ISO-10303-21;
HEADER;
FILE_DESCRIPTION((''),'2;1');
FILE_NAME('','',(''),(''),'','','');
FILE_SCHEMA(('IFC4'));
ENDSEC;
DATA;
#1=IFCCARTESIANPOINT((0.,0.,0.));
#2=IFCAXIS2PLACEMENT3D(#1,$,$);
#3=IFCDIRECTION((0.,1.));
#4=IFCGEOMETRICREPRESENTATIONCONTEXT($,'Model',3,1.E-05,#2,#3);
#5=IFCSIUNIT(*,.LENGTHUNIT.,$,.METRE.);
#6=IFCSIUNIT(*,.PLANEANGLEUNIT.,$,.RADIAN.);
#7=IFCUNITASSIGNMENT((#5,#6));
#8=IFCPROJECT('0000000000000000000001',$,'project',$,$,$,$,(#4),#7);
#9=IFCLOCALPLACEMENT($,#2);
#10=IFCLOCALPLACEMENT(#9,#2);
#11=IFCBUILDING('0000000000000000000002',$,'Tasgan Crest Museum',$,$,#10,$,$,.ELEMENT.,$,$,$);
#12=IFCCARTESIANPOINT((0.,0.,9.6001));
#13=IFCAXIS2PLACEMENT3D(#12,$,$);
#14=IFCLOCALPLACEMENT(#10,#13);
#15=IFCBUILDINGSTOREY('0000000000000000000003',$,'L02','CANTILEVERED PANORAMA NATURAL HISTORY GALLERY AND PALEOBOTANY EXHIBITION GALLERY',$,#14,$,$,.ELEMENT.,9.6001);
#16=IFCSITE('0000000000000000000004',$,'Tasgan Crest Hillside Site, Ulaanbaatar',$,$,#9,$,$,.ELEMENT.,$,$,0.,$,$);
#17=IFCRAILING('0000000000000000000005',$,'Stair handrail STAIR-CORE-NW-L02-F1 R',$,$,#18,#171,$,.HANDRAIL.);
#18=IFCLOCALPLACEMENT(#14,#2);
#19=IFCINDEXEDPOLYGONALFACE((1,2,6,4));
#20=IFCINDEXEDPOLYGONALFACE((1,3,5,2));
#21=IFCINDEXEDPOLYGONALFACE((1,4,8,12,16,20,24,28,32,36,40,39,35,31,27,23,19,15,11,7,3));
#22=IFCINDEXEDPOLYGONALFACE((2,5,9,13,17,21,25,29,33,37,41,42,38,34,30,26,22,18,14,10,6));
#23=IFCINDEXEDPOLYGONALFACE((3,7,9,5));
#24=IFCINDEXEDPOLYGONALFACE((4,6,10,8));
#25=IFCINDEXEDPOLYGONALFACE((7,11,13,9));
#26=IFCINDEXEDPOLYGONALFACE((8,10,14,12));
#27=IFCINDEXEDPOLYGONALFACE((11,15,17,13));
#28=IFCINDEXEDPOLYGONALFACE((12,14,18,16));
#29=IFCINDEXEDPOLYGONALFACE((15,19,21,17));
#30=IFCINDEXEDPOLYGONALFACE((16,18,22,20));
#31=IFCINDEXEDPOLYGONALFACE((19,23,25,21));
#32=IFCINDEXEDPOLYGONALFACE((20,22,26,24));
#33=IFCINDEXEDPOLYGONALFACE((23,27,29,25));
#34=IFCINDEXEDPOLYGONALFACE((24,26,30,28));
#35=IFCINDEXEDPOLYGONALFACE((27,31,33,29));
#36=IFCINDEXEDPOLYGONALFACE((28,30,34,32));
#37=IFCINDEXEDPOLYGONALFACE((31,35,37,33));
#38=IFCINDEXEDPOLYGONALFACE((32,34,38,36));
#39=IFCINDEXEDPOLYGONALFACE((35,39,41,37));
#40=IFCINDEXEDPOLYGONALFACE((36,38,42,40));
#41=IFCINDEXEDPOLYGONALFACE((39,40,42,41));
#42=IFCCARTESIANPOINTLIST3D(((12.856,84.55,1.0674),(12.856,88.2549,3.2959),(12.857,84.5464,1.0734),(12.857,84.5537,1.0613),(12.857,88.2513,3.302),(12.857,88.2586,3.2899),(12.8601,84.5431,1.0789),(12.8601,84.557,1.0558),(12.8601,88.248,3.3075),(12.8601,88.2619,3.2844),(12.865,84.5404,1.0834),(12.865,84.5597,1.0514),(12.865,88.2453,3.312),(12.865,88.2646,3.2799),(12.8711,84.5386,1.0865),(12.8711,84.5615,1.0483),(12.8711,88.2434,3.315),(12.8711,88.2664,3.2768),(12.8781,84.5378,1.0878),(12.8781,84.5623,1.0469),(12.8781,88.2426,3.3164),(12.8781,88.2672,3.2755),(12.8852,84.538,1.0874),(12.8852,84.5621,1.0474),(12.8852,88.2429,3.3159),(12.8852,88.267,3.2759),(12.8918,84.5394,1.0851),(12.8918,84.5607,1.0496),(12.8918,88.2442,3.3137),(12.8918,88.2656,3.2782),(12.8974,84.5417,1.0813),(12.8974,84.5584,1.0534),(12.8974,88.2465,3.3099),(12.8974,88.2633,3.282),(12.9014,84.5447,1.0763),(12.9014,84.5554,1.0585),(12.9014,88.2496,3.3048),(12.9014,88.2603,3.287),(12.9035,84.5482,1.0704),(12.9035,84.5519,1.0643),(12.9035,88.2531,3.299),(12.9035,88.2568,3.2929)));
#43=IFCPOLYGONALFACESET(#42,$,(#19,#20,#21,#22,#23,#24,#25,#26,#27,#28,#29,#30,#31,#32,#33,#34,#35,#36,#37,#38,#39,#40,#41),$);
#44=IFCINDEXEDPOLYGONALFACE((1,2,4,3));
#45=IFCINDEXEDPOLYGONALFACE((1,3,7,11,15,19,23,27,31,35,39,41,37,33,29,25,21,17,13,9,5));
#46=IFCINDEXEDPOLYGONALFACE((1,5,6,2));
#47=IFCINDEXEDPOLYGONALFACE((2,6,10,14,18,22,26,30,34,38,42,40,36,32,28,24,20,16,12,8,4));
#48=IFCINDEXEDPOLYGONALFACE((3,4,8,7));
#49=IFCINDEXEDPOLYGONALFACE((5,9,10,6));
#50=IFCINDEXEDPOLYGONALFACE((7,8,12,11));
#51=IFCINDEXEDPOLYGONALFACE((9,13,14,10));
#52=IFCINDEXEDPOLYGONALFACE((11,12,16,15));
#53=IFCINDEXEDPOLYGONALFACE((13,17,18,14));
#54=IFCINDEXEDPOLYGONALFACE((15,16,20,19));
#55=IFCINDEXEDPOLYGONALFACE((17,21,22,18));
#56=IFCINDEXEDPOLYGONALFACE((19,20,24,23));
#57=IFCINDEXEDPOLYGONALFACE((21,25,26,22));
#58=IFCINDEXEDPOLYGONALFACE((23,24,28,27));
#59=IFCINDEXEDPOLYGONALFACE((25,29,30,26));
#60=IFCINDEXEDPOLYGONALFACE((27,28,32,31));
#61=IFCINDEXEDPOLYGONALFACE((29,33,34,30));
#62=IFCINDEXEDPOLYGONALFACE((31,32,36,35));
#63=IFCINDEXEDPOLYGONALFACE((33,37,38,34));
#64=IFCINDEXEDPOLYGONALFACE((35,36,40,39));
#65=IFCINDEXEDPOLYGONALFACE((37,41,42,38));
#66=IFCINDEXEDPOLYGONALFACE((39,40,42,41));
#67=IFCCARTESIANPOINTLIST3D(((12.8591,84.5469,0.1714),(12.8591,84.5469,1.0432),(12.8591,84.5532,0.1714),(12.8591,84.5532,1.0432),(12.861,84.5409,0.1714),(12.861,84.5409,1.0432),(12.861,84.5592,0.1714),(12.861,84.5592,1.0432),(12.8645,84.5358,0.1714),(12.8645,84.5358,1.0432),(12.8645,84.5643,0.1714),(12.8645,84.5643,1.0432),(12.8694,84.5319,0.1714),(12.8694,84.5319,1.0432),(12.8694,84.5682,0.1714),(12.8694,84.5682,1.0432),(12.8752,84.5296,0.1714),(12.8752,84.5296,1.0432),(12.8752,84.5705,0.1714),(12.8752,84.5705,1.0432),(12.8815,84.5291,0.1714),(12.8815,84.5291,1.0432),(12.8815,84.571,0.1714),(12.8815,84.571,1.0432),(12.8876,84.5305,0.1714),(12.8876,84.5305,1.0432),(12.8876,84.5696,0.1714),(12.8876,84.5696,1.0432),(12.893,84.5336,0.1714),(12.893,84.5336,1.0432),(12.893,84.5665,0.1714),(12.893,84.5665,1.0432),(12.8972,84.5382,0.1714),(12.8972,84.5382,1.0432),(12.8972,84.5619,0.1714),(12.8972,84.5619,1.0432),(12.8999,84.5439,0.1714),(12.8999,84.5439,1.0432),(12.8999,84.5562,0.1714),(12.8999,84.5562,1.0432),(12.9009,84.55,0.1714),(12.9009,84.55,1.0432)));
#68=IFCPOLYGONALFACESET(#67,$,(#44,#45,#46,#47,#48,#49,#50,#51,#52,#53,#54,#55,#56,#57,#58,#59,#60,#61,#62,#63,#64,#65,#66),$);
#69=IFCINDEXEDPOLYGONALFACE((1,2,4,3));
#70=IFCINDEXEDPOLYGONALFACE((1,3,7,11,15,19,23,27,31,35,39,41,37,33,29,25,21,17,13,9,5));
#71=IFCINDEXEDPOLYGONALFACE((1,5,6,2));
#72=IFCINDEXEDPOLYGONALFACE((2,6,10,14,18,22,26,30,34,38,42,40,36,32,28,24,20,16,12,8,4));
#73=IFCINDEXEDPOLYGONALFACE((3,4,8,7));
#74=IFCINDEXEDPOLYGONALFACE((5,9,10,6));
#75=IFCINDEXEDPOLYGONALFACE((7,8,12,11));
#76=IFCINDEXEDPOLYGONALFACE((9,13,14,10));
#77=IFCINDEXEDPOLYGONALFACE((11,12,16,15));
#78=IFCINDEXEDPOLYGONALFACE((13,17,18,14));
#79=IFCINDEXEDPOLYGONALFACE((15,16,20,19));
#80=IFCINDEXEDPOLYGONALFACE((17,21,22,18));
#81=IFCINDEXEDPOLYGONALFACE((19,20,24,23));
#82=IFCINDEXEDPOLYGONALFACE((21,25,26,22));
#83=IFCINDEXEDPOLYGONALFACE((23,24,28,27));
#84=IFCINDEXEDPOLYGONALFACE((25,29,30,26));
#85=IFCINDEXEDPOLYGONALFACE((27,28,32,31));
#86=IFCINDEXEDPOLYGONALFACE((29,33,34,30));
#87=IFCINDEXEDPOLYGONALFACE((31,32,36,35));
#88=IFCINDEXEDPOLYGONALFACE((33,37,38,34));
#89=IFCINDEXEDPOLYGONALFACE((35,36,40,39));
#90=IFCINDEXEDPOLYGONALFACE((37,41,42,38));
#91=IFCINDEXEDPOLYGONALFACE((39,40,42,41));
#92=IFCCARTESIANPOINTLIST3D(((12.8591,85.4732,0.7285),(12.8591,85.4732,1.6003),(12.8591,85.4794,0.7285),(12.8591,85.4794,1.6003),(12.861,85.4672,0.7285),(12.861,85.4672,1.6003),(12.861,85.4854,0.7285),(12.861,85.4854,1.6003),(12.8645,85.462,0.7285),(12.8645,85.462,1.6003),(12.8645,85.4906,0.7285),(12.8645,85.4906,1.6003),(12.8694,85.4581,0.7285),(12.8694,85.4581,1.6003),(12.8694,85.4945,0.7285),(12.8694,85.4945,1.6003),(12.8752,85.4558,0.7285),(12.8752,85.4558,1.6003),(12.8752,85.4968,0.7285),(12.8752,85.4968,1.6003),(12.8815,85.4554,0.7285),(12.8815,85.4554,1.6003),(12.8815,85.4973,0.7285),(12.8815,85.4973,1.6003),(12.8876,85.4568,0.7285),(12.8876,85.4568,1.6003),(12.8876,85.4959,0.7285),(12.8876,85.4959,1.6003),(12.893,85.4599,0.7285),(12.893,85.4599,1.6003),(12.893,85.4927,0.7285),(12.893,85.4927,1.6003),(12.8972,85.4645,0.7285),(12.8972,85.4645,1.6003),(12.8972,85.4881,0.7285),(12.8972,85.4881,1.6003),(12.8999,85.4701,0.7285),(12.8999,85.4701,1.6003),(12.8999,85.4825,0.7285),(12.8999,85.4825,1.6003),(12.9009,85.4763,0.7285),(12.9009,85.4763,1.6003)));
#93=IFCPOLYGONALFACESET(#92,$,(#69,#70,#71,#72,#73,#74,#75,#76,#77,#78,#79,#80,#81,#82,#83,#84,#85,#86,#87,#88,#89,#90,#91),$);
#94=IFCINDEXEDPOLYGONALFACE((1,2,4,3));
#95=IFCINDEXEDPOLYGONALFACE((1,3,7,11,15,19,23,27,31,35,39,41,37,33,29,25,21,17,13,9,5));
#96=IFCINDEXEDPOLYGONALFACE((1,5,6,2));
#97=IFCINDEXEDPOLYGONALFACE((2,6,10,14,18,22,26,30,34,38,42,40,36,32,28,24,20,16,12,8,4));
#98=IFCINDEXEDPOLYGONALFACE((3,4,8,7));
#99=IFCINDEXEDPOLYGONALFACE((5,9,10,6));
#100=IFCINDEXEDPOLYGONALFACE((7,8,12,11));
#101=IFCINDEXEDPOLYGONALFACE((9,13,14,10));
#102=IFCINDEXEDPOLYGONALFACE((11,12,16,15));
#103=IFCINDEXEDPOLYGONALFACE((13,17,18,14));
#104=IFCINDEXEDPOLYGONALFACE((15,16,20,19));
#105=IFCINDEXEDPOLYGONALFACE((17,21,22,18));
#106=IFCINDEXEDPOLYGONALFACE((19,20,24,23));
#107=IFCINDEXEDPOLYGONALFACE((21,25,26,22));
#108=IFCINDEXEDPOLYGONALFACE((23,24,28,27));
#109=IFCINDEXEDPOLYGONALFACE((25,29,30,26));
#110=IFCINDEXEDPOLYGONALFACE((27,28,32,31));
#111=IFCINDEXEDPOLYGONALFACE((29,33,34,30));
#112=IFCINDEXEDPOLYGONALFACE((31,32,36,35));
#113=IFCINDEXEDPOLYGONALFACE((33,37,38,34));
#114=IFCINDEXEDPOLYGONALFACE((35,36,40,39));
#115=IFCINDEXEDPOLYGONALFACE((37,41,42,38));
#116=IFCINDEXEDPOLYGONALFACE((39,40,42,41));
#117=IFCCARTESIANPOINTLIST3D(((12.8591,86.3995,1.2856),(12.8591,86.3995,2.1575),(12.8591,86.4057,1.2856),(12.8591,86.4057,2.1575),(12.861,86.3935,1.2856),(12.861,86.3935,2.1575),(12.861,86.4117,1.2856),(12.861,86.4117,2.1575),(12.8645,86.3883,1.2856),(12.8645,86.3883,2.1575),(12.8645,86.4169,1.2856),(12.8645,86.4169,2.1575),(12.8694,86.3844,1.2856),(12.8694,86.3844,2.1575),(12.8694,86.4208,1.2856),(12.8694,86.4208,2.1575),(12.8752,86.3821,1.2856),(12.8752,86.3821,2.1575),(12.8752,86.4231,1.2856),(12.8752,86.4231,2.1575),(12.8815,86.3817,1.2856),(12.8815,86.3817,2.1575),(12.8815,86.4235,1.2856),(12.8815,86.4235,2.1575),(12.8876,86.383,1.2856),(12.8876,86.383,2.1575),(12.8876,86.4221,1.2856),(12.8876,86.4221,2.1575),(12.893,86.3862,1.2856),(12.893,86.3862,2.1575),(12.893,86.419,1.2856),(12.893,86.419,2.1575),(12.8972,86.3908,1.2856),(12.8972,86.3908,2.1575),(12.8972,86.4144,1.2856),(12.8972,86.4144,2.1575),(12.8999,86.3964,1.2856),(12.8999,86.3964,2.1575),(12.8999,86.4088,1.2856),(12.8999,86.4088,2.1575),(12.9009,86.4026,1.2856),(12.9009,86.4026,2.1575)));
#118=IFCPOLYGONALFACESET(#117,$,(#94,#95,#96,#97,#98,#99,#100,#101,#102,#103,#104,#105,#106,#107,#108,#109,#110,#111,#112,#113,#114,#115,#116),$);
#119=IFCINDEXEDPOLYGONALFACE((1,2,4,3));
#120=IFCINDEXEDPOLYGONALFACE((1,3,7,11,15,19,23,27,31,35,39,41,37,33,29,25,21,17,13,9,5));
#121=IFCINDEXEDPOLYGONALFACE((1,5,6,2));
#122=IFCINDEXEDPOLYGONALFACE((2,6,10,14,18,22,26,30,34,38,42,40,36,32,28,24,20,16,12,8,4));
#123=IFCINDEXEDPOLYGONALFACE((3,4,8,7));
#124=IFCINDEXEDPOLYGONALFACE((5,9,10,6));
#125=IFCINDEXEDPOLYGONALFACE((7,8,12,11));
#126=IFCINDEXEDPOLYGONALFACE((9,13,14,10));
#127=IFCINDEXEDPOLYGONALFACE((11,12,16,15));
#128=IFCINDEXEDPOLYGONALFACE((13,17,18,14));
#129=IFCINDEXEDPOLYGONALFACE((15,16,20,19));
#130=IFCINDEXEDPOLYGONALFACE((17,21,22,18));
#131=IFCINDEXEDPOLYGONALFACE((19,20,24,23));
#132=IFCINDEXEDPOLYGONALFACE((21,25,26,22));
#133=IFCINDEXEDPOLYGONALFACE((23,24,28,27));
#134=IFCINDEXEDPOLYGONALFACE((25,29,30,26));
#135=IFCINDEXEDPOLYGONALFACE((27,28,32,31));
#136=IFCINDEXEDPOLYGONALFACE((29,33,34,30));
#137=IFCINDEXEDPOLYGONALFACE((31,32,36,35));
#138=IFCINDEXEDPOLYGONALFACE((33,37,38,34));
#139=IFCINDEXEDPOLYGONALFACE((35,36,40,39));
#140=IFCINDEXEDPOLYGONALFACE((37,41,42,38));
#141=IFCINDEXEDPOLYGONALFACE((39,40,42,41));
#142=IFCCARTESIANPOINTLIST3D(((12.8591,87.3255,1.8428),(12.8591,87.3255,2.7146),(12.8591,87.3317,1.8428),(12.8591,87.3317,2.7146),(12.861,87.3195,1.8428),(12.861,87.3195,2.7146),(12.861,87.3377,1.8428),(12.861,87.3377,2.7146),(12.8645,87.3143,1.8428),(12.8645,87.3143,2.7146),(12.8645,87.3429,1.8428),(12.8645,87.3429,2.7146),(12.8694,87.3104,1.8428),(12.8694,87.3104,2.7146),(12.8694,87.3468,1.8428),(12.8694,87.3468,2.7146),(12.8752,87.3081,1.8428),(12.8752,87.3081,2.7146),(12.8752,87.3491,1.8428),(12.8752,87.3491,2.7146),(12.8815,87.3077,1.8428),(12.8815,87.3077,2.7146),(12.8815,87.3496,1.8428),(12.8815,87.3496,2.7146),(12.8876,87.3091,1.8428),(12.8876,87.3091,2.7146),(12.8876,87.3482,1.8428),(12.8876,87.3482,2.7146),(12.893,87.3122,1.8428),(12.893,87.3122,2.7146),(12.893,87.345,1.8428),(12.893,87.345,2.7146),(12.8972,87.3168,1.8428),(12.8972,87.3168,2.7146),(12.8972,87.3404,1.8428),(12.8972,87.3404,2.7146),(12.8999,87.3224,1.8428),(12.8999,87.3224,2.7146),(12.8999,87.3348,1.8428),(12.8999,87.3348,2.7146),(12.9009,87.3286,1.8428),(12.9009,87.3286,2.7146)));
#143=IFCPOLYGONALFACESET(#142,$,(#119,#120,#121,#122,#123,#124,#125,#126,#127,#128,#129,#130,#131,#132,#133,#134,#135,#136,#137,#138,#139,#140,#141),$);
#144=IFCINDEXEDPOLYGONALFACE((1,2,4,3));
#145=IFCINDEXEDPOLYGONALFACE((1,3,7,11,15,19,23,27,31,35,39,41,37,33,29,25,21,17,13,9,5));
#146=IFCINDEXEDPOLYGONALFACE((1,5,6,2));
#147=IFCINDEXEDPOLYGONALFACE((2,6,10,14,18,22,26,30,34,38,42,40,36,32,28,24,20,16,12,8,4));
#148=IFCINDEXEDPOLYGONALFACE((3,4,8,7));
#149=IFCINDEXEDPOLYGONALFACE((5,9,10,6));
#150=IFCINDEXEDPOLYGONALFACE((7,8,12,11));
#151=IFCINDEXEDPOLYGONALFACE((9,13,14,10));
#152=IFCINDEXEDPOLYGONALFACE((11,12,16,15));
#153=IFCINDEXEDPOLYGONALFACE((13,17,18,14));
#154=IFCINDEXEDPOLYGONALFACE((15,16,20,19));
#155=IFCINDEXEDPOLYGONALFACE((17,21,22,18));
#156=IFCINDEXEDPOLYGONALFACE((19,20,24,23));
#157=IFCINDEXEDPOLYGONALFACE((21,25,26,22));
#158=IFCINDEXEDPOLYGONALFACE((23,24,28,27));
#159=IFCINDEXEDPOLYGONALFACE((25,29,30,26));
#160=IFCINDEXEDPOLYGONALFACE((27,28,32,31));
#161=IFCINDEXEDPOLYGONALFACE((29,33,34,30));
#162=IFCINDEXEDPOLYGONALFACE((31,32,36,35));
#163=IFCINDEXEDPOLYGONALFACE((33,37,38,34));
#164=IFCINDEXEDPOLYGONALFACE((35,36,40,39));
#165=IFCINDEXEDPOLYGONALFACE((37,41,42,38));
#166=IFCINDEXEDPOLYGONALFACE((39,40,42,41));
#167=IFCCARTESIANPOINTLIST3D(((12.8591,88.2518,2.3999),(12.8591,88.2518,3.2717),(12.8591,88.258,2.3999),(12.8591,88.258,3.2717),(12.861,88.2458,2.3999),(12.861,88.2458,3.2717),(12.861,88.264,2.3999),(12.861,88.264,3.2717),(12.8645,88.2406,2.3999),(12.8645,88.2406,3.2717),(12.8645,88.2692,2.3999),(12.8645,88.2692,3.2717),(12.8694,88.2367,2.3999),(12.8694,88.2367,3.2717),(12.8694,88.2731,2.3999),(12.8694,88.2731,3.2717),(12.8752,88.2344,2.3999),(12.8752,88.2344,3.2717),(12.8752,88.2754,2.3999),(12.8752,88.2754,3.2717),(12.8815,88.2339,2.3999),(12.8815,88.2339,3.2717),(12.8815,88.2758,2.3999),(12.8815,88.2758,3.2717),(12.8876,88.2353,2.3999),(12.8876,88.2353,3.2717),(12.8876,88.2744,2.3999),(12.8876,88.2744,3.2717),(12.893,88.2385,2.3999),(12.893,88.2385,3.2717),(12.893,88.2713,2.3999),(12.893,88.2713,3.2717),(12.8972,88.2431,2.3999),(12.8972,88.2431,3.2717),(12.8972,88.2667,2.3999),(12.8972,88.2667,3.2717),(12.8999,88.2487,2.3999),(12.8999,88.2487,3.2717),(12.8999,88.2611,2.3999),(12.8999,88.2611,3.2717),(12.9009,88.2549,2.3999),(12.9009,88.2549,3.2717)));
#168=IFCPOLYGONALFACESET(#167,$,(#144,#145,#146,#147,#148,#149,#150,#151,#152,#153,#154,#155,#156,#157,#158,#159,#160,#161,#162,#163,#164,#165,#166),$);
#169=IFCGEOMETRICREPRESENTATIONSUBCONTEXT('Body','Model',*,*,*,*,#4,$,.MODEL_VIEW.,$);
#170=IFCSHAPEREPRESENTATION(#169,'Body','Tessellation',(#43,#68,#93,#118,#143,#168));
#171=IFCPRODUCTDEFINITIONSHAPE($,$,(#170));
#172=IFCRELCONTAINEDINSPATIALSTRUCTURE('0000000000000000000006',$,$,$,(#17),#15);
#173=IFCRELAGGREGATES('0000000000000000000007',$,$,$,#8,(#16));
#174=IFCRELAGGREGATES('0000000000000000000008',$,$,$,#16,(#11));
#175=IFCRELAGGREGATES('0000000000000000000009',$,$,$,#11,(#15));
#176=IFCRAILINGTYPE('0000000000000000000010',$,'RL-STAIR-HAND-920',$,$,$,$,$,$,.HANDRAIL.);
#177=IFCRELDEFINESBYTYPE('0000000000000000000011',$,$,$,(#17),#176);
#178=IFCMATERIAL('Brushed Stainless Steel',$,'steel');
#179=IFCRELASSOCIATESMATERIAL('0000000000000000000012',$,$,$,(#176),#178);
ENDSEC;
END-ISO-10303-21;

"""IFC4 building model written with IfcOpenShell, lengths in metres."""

from ifc_helpers import new_model, si_unit, direction, frame, origin, origin_2d, place, context, subcontext, project, spatial, circle, extrude, material, type_object, element, save


model = new_model("IFC4")

# Units and contexts
model_context = context("Model", 3, precision=1e-05, world=origin(), true_north=direction((0.0, 1.0)))
body_context = subcontext(model_context, "Body", "Model", "MODEL_VIEW")
ifc_project = project(units=[si_unit("LENGTHUNIT", "METRE"), si_unit("PLANEANGLEUNIT", "RADIAN")], contexts=[model_context])

# Site, building, storey
site_placement = place(None, origin())
site = spatial("IfcSite", under=ifc_project, at=site_placement, Name="Tasgan Crest Hillside Site, Ulaanbaatar", CompositionType="ELEMENT", RefElevation=0.0)
building_placement = place(site_placement, origin())
building = spatial("IfcBuilding", under=site, at=building_placement, Name="Tasgan Crest Museum", CompositionType="ELEMENT")
storey_placement = place(building_placement, frame((0.0, 0.0, 9.6001)))
storey = spatial("IfcBuildingStorey", under=building, at=storey_placement, Name="L02", Description="CANTILEVERED PANORAMA NATURAL HISTORY GALLERY AND PALEOBOTANY EXHIBITION GALLERY", CompositionType="ELEMENT", Elevation=9.6001)

# Railing
ifc_material_1 = material(Name="Brushed Stainless Steel", Category="steel")
railing_type_1 = type_object("IfcRailingType", Name="RL-STAIR-HAND-920", PredefinedType="HANDRAIL", material=ifc_material_1)
for number, where, name in (
    (1, (12.8799, 84.55, 0.1714), "Stair handrail STAIR-CORE-NW-L02-F1 R"),
):
    element("IfcRailing", number, at=place(storey_placement, frame(where)), inside=storey, type_object=railing_type_1, Name=name, PredefinedType="HANDRAIL", context=body_context, shape_type="SweptSolid", body=[
        extrude(circle(Radius=0.0239, at=origin_2d()), frame((0.0, 0.0, 0.896), z_axis=(0.0, 0.856919, 0.51545), x_axis=(-1.0, 0.0, 0.0)), (0.0, 0.0, 1.0), 4.3235),
        extrude(circle(Radius=0.021, at=origin_2d()), origin(), (0.0, 0.0, 1.0), 0.8718),
        extrude(circle(Radius=0.021, at=origin_2d()), frame((0.0, 0.9263, 0.5571)), (0.0, 0.0, 1.0), 0.8718),
        extrude(circle(Radius=0.021, at=origin_2d()), frame((0.0, 1.8525, 1.1143)), (0.0, 0.0, 1.0), 0.8718),
        extrude(circle(Radius=0.021, at=origin_2d()), frame((0.0, 2.7786, 1.6714)), (0.0, 0.0, 1.0), 0.8718),
        extrude(circle(Radius=0.021, at=origin_2d()), frame((0.0, 3.7048, 2.2285)), (0.0, 0.0, 1.0), 0.8718),
    ])

save(model, "model.ifc")
